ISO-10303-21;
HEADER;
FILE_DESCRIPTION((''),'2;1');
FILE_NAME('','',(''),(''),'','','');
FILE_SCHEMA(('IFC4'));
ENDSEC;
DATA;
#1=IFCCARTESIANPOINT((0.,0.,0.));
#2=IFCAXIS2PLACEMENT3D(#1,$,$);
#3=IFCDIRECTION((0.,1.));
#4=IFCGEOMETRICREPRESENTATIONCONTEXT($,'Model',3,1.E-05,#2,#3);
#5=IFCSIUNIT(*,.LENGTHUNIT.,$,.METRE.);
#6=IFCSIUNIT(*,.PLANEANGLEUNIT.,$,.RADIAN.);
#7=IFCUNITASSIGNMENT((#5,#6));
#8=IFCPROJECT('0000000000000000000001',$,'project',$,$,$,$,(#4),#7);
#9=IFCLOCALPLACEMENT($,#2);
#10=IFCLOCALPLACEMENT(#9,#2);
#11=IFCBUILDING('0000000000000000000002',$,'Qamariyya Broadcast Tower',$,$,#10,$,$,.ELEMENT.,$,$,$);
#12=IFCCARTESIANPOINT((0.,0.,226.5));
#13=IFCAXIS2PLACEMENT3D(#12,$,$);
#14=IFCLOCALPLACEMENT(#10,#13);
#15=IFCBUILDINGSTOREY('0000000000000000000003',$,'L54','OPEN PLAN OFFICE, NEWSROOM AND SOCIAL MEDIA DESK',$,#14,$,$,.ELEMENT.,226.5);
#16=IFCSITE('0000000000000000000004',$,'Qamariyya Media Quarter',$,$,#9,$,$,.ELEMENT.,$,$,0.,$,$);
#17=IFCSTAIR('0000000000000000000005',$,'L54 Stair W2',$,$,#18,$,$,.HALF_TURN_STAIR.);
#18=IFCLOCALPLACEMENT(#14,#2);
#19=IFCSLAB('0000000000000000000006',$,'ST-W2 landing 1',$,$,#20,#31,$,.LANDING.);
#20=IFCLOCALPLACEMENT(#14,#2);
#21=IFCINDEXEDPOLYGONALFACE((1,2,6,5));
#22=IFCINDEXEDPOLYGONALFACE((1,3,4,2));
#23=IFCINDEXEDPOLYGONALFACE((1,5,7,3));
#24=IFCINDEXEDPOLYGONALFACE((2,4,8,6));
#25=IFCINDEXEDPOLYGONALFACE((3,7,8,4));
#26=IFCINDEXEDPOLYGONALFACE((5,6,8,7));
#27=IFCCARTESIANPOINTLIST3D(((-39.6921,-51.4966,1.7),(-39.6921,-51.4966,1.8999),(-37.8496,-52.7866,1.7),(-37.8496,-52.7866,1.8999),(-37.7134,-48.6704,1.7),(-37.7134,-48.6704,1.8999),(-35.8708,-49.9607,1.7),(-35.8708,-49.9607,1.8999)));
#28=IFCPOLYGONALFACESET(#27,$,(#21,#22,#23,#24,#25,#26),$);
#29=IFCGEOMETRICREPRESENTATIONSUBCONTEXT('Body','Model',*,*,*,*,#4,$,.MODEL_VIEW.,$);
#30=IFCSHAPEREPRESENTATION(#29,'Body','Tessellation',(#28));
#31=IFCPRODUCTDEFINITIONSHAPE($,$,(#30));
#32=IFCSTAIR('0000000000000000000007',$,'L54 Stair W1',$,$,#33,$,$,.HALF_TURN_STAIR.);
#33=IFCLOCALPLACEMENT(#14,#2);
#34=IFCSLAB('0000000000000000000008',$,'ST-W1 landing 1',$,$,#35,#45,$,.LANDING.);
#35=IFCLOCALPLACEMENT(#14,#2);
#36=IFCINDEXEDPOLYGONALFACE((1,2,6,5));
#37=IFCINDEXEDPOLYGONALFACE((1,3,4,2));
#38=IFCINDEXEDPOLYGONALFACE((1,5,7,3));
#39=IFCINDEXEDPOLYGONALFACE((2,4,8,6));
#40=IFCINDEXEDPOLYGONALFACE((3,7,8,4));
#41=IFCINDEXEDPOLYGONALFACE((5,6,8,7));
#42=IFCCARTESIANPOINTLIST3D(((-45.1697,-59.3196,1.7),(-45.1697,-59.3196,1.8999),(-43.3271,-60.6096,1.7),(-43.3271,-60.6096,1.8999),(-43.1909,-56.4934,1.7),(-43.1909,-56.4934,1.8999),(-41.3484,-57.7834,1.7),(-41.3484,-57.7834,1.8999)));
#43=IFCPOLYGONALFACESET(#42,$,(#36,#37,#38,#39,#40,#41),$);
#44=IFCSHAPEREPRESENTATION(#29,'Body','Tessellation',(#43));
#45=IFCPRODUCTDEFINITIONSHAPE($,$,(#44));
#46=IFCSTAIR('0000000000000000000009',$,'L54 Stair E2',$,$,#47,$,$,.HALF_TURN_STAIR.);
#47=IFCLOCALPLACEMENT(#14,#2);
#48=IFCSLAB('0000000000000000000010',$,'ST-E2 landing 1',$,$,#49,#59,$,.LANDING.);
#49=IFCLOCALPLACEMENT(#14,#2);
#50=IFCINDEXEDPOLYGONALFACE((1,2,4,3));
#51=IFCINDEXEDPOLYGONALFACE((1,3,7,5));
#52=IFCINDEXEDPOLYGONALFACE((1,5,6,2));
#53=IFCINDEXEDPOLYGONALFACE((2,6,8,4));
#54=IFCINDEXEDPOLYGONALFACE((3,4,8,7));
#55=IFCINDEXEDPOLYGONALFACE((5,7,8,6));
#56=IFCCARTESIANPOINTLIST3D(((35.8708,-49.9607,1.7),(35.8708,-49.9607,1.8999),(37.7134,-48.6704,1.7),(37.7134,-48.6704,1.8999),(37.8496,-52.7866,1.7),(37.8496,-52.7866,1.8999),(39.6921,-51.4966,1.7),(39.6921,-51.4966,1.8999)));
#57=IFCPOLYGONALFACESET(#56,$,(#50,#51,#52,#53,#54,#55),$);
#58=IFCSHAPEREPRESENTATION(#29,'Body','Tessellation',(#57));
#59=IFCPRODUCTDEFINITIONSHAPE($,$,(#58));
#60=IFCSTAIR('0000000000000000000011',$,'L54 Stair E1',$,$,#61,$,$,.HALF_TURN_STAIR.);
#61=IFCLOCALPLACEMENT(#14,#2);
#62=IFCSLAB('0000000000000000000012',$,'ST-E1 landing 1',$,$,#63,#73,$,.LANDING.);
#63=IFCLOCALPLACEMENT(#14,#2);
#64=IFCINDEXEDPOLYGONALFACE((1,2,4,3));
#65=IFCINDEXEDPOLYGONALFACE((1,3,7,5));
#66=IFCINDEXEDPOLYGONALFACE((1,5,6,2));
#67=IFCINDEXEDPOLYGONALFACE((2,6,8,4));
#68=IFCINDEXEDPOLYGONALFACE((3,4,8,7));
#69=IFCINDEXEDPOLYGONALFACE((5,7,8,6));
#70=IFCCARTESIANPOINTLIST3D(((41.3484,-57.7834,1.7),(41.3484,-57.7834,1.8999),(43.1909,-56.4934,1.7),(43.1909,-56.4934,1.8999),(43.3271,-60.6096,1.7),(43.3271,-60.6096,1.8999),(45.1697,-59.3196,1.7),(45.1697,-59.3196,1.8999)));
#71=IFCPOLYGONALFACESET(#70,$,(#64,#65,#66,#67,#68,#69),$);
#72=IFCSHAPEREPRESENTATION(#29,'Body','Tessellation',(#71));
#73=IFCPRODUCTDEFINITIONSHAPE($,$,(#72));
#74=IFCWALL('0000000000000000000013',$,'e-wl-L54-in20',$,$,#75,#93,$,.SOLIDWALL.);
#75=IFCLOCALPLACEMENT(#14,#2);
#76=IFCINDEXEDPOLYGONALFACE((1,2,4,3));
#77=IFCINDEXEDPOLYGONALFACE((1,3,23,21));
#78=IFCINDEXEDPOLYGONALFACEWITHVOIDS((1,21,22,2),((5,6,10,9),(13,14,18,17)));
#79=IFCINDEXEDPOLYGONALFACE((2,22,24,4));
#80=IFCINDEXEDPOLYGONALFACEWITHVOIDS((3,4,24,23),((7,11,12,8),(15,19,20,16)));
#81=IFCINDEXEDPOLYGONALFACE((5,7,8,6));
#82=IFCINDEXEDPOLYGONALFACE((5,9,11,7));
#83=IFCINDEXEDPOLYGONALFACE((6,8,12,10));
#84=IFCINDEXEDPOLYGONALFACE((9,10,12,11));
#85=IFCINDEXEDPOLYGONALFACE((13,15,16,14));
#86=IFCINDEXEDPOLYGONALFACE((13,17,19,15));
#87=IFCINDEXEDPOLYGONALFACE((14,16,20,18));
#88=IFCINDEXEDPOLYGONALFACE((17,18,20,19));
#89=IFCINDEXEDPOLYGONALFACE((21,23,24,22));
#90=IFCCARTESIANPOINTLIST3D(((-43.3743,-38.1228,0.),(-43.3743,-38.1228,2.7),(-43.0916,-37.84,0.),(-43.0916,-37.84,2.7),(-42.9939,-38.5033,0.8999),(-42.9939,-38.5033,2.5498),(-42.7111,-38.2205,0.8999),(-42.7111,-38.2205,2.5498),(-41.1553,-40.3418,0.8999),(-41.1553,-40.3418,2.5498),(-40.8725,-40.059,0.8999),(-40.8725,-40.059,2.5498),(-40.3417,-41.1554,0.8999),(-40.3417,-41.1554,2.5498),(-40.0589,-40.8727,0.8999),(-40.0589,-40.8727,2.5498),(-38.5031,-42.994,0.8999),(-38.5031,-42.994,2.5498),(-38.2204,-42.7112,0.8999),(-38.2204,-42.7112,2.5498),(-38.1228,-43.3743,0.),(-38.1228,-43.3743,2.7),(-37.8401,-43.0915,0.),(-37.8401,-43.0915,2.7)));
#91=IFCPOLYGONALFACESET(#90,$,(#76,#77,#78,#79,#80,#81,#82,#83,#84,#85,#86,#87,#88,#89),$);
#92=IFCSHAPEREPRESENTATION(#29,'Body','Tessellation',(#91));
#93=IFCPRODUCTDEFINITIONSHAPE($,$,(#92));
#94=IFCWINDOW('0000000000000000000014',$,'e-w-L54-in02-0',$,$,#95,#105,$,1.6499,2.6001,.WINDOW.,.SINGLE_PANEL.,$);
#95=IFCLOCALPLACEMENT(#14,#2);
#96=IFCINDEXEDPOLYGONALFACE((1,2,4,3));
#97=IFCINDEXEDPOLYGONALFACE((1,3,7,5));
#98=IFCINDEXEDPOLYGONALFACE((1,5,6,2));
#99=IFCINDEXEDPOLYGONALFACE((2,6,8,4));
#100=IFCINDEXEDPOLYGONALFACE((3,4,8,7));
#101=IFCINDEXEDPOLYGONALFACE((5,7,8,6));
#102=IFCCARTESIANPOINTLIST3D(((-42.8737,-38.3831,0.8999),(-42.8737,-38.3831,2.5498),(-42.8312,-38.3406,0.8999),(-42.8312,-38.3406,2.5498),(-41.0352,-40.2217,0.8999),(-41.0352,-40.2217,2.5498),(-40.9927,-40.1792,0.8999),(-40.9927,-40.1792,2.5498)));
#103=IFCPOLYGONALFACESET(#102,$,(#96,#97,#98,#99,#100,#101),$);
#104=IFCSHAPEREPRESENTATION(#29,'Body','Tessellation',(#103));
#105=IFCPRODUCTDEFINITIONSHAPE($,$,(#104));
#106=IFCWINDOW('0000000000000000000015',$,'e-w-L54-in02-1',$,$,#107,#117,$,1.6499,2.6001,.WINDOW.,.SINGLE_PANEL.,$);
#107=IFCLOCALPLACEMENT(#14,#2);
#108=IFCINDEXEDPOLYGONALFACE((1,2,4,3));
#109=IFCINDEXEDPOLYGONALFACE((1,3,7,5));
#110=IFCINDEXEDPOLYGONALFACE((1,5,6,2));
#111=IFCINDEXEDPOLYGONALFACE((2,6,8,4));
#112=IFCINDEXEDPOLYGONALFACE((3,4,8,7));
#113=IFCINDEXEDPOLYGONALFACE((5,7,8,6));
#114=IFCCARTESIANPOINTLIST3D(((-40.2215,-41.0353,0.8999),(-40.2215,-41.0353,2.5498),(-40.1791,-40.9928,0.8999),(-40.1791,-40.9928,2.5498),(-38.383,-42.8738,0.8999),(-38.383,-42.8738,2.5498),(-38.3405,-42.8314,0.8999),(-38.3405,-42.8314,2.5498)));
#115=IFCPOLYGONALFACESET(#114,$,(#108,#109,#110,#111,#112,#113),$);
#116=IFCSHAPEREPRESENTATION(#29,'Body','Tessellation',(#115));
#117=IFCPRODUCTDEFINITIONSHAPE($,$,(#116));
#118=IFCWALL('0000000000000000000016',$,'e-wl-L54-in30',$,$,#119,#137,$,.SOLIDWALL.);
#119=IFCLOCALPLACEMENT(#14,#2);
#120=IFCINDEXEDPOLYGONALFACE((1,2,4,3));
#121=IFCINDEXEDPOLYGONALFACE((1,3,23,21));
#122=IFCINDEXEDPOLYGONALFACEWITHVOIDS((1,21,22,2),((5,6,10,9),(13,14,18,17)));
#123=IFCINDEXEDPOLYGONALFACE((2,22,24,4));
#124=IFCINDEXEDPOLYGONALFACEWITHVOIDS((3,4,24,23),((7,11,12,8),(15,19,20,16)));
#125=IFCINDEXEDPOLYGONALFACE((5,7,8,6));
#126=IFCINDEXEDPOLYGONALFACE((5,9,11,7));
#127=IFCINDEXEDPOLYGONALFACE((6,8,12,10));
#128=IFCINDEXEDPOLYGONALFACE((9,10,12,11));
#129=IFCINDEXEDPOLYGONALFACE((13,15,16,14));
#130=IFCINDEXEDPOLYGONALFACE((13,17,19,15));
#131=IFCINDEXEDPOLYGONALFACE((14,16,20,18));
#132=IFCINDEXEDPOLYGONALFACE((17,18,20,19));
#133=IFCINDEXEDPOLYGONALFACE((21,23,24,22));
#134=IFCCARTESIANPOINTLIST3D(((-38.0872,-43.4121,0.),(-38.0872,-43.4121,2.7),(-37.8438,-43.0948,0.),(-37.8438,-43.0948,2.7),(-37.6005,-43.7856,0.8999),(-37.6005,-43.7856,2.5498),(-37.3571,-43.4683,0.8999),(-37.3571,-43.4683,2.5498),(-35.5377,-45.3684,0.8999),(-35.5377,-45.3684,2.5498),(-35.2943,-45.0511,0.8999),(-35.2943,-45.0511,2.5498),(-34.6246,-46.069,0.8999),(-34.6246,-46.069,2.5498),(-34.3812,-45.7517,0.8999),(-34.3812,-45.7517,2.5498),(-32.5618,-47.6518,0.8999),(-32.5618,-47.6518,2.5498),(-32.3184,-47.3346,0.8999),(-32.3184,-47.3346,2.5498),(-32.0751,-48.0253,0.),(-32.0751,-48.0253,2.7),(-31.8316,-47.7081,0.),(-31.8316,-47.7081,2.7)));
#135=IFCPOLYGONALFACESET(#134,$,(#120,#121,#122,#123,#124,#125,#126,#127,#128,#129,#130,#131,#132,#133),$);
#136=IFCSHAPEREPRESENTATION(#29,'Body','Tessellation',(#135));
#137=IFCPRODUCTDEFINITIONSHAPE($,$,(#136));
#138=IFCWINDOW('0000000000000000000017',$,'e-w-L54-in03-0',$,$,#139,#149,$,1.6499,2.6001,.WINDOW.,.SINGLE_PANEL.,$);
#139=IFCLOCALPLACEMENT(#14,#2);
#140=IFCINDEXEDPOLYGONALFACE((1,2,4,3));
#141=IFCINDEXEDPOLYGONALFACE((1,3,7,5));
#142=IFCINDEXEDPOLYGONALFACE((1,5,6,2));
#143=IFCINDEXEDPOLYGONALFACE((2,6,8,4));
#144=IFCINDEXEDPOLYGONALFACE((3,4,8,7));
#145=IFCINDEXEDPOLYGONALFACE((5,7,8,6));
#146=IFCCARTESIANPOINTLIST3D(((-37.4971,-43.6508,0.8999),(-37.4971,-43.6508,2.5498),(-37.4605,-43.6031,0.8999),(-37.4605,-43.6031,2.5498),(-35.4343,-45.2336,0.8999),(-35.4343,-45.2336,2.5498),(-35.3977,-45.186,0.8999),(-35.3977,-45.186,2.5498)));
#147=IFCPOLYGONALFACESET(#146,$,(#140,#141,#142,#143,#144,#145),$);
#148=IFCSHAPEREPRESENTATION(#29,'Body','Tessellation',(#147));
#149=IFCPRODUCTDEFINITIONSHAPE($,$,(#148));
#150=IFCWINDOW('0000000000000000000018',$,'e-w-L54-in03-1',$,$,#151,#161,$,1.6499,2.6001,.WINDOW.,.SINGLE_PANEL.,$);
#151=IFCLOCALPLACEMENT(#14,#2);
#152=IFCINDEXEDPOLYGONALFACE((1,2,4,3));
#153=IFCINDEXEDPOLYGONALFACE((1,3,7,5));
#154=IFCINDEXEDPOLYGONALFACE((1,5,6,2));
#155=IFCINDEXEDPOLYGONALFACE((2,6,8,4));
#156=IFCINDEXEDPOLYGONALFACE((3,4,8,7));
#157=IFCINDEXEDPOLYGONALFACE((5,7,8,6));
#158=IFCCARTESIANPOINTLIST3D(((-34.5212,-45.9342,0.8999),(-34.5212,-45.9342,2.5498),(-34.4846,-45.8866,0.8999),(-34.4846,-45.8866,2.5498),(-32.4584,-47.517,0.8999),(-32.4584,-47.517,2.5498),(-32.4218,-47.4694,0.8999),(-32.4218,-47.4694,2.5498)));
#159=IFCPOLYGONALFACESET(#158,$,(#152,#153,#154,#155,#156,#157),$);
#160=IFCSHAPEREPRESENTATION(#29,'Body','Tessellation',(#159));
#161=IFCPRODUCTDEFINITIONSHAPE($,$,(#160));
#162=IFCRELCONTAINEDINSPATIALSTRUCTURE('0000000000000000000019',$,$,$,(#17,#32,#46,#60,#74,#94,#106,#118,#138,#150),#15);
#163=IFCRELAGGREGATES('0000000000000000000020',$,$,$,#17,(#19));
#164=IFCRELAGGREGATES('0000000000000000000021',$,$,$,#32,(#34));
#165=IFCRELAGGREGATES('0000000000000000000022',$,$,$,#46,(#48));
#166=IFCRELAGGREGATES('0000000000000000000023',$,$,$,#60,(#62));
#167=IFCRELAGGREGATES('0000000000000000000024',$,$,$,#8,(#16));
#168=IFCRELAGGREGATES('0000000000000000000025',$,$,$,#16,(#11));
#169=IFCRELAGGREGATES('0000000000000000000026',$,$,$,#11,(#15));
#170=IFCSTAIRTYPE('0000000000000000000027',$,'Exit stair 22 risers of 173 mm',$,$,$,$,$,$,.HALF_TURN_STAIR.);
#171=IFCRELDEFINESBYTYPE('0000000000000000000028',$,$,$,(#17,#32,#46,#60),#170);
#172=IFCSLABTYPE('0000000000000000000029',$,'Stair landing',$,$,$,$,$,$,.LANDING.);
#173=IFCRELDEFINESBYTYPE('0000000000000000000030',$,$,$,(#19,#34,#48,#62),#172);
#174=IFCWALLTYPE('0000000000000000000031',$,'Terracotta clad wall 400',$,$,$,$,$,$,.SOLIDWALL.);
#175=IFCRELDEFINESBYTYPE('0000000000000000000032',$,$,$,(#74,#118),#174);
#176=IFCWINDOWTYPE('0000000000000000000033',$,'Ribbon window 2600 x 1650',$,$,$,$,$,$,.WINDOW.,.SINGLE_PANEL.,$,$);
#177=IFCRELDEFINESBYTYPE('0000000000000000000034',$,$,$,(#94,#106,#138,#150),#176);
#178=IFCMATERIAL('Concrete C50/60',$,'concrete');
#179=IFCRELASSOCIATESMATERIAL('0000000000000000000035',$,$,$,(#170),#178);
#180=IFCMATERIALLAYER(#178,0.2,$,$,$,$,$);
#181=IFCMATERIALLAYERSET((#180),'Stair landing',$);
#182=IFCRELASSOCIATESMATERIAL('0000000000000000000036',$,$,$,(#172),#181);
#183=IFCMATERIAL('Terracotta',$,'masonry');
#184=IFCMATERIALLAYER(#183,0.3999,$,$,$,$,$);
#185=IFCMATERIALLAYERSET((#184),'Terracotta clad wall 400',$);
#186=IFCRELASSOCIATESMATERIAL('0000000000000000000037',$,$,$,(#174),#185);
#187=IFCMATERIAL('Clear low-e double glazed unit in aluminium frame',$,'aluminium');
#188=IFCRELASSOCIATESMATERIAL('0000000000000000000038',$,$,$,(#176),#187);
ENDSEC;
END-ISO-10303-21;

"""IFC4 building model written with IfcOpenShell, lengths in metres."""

from ifc_helpers import new_model, si_unit, direction, frame, frame_2d, origin, place, context, subcontext, project, spatial, polyline, rectangle, outline, extrude, material, layer, layer_set, type_object, element, fill, aggregate, save


model = new_model("IFC4")

# Units and contexts
model_context = context("Model", 3, precision=1e-05, world=origin(), true_north=direction((0.0, 1.0)))
body_context = subcontext(model_context, "Body", "Model", "MODEL_VIEW")
ifc_project = project(units=[si_unit("LENGTHUNIT", "METRE"), si_unit("PLANEANGLEUNIT", "RADIAN")], contexts=[model_context])

# Site, building, storey
site_placement = place(None, origin())
site = spatial("IfcSite", under=ifc_project, at=site_placement, Name="Qamariyya Media Quarter", CompositionType="ELEMENT", RefElevation=0.0)
building_placement = place(site_placement, origin())
building = spatial("IfcBuilding", under=site, at=building_placement, Name="Qamariyya Broadcast Tower", CompositionType="ELEMENT")
storey_placement = place(building_placement, frame((0.0, 0.0, 226.5)))
storey = spatial("IfcBuildingStorey", under=building, at=storey_placement, Name="L54", Description="OPEN PLAN OFFICE, NEWSROOM AND SOCIAL MEDIA DESK", CompositionType="ELEMENT", Elevation=226.5)

# Stairs, slabs
ifc_material_1 = material(Name="Concrete C50/60", Category="concrete")
stair_type = type_object("IfcStairType", Name="Exit stair 22 risers of 173 mm", PredefinedType="HALF_TURN_STAIR", material=ifc_material_1)
stair_1_placement = place(storey_placement, origin())
stair_1 = element("IfcStair", 1, at=stair_1_placement, inside=storey, type_object=stair_type, Name="L54 Stair W2", PredefinedType="HALF_TURN_STAIR")
ifc_layer_1 = layer(ifc_material_1, 0.2)
ifc_layer_set_1 = layer_set([ifc_layer_1], Name="Stair landing")
slab_type_1 = type_object("IfcSlabType", Name="Stair landing", PredefinedType="LANDING", material=ifc_layer_set_1)
slab_1_placement = place(storey_placement, frame((0.0, 0.0, 1.7)))
slab_1 = element("IfcSlab", 2, at=slab_1_placement, type_object=slab_type_1, Name="ST-W2 landing 1", PredefinedType="LANDING", context=body_context, shape_type="SweptSolid", body=[
    extrude(outline(polyline([(-39.6921, -51.4966), (-37.8496, -52.7866), (-35.8708, -49.9607), (-37.7134, -48.6704), (-39.6921, -51.4966)])), origin(), (0.0, 0.0, 1.0), 0.2),
])
aggregate(stair_1, [slab_1])
stair_2_placement = place(storey_placement, origin())
stair_2 = element("IfcStair", 3, at=stair_2_placement, inside=storey, type_object=stair_type, Name="L54 Stair W1", PredefinedType="HALF_TURN_STAIR")
slab_2_placement = place(storey_placement, frame((0.0, 0.0, 1.7)))
slab_2 = element("IfcSlab", 4, at=slab_2_placement, type_object=slab_type_1, Name="ST-W1 landing 1", PredefinedType="LANDING", context=body_context, shape_type="SweptSolid", body=[
    extrude(outline(polyline([(-45.1697, -59.3196), (-43.3271, -60.6096), (-41.3484, -57.7834), (-43.1909, -56.4934), (-45.1697, -59.3196)])), origin(), (0.0, 0.0, 1.0), 0.2),
])
aggregate(stair_2, [slab_2])
stair_3_placement = place(storey_placement, origin())
stair_3 = element("IfcStair", 5, at=stair_3_placement, inside=storey, type_object=stair_type, Name="L54 Stair E2", PredefinedType="HALF_TURN_STAIR")
slab_3_placement = place(storey_placement, frame((0.0, 0.0, 1.7)))
slab_3 = element("IfcSlab", 6, at=slab_3_placement, type_object=slab_type_1, Name="ST-E2 landing 1", PredefinedType="LANDING", context=body_context, shape_type="SweptSolid", body=[
    extrude(outline(polyline([(37.7134, -48.6704), (35.8708, -49.9607), (37.8496, -52.7866), (39.6921, -51.4966), (37.7134, -48.6704)])), origin(), (0.0, 0.0, 1.0), 0.2),
])
aggregate(stair_3, [slab_3])
stair_4_placement = place(storey_placement, origin())
stair_4 = element("IfcStair", 7, at=stair_4_placement, inside=storey, type_object=stair_type, Name="L54 Stair E1", PredefinedType="HALF_TURN_STAIR")
slab_4_placement = place(storey_placement, frame((0.0, 0.0, 1.7)))
slab_4 = element("IfcSlab", 8, at=slab_4_placement, type_object=slab_type_1, Name="ST-E1 landing 1", PredefinedType="LANDING", context=body_context, shape_type="SweptSolid", body=[
    extrude(outline(polyline([(43.1909, -56.4934), (41.3484, -57.7834), (43.3271, -60.6096), (45.1697, -59.3196), (43.1909, -56.4934)])), origin(), (0.0, 0.0, 1.0), 0.2),
])
aggregate(stair_4, [slab_4])

# Walls, openings, windows
ifc_material_2 = material(Name="Terracotta", Category="masonry")
ifc_layer_2 = layer(ifc_material_2, 0.3999)
ifc_layer_set_2 = layer_set([ifc_layer_2], Name="Terracotta clad wall 400")
wall_type = type_object("IfcWallType", Name="Terracotta clad wall 400", PredefinedType="SOLIDWALL", material=ifc_layer_set_2)
wall_1_placement = place(storey_placement, frame((-37.9814, -43.2329, 0.0), z_axis=(0.0, 0.0, 1.0), x_axis=(-0.707107, 0.707107, 0.0)))
wall_1 = element("IfcWall", 9, at=wall_1_placement, inside=storey, type_object=wall_type, Name="e-wl-L54-in20", PredefinedType="SOLIDWALL", context=body_context, shape_type="SweptSolid", body=[
    extrude(rectangle(XDim=7.4268, YDim=0.3999, at=frame_2d((3.7134, 0.0))), origin(), (0.0, 0.0, 1.0), 2.7),
])
opening_1_placement = place(wall_1_placement, frame((4.2886, 0.0, 0.8999)))
opening_1 = element("IfcOpeningElement", 10, at=opening_1_placement, cuts=wall_1, PredefinedType="OPENING", context=body_context, shape_type="SweptSolid", body=[
    extrude(rectangle(XDim=2.6001, YDim=1.6499, at=frame_2d((1.3, 0.825))), frame((0.0, 0.21, 0.0), z_axis=(0.0, -1.0, 0.0), x_axis=(1.0, 0.0, 0.0)), (0.0, 0.0, 1.0), 0.4199),
])
opening_2_placement = place(wall_1_placement, frame((0.5378, 0.0, 0.8999)))
opening_2 = element("IfcOpeningElement", 11, at=opening_2_placement, cuts=wall_1, PredefinedType="OPENING", context=body_context, shape_type="SweptSolid", body=[
    extrude(rectangle(XDim=2.6001, YDim=1.6499, at=frame_2d((1.3, 0.825))), frame((0.0, 0.21, 0.0), z_axis=(0.0, -1.0, 0.0), x_axis=(1.0, 0.0, 0.0)), (0.0, 0.0, 1.0), 0.4199),
])
ifc_material_3 = material(Name="Clear low-e double glazed unit in aluminium frame", Category="aluminium")
window_type = type_object("IfcWindowType", Name="Ribbon window 2600 x 1650", PartitioningType="SINGLE_PANEL", PredefinedType="WINDOW", material=ifc_material_3)
window_1_placement = place(opening_1_placement, origin())
window_1 = element("IfcWindow", 12, at=window_1_placement, inside=storey, type_object=window_type, Name="e-w-L54-in02-0", OverallHeight=1.6499, OverallWidth=2.6001, PartitioningType="SINGLE_PANEL", PredefinedType="WINDOW", context=body_context, shape_type="SweptSolid", body=[
    extrude(rectangle(XDim=2.6001, YDim=1.6499, at=frame_2d((1.3, 0.825))), frame((0.0, 0.03, 0.0), z_axis=(0.0, -1.0, 0.0), x_axis=(1.0, 0.0, 0.0)), (0.0, 0.0, 1.0), 0.0601),
])
fill(opening_1, window_1)
window_2_placement = place(opening_2_placement, origin())
window_2 = element("IfcWindow", 13, at=window_2_placement, inside=storey, type_object=window_type, Name="e-w-L54-in02-1", OverallHeight=1.6499, OverallWidth=2.6001, PartitioningType="SINGLE_PANEL", PredefinedType="WINDOW", context=body_context, shape_type="SweptSolid", body=[
    extrude(rectangle(XDim=2.6001, YDim=1.6499, at=frame_2d((1.3, 0.825))), frame((0.0, 0.03, 0.0), z_axis=(0.0, -1.0, 0.0), x_axis=(1.0, 0.0, 0.0)), (0.0, 0.0, 1.0), 0.0601),
])
fill(opening_2, window_2)
wall_2_placement = place(storey_placement, frame((-31.9534, -47.8667, 0.0), z_axis=(0.0, 0.0, 1.0), x_axis=(-0.793356, 0.608757, 0.0)))
wall_2 = element("IfcWall", 14, at=wall_2_placement, inside=storey, type_object=wall_type, Name="e-wl-L54-in30", PredefinedType="SOLIDWALL", context=body_context, shape_type="SweptSolid", body=[
    extrude(rectangle(XDim=7.5781, YDim=0.3999, at=frame_2d((3.7891, 0.0))), origin(), (0.0, 0.0, 1.0), 2.7),
])
opening_3_placement = place(wall_2_placement, frame((4.3645, 0.0, 0.8999)))
opening_3 = element("IfcOpeningElement", 15, at=opening_3_placement, cuts=wall_2, PredefinedType="OPENING", context=body_context, shape_type="SweptSolid", body=[
    extrude(rectangle(XDim=2.6001, YDim=1.6499, at=frame_2d((1.3, 0.825))), frame((0.0, 0.21, 0.0), z_axis=(0.0, -1.0, 0.0), x_axis=(1.0, 0.0, 0.0)), (0.0, 0.0, 1.0), 0.4199),
])
opening_4_placement = place(wall_2_placement, frame((0.6135, 0.0, 0.8999)))
opening_4 = element("IfcOpeningElement", 16, at=opening_4_placement, cuts=wall_2, PredefinedType="OPENING", context=body_context, shape_type="SweptSolid", body=[
    extrude(rectangle(XDim=2.6001, YDim=1.6499, at=frame_2d((1.3, 0.825))), frame((0.0, 0.21, 0.0), z_axis=(0.0, -1.0, 0.0), x_axis=(1.0, 0.0, 0.0)), (0.0, 0.0, 1.0), 0.4199),
])
window_3_placement = place(opening_3_placement, origin())
window_3 = element("IfcWindow", 17, at=window_3_placement, inside=storey, type_object=window_type, Name="e-w-L54-in03-0", OverallHeight=1.6499, OverallWidth=2.6001, PartitioningType="SINGLE_PANEL", PredefinedType="WINDOW", context=body_context, shape_type="SweptSolid", body=[
    extrude(rectangle(XDim=2.6001, YDim=1.6499, at=frame_2d((1.3, 0.825))), frame((0.0, 0.03, 0.0), z_axis=(0.0, -1.0, 0.0), x_axis=(1.0, 0.0, 0.0)), (0.0, 0.0, 1.0), 0.0601),
])
fill(opening_3, window_3)
window_4_placement = place(opening_4_placement, origin())
window_4 = element("IfcWindow", 18, at=window_4_placement, inside=storey, type_object=window_type, Name="e-w-L54-in03-1", OverallHeight=1.6499, OverallWidth=2.6001, PartitioningType="SINGLE_PANEL", PredefinedType="WINDOW", context=body_context, shape_type="SweptSolid", body=[
    extrude(rectangle(XDim=2.6001, YDim=1.6499, at=frame_2d((1.3, 0.825))), frame((0.0, 0.03, 0.0), z_axis=(0.0, -1.0, 0.0), x_axis=(1.0, 0.0, 0.0)), (0.0, 0.0, 1.0), 0.0601),
])
fill(opening_4, window_4)

save(model, "model.ifc")
